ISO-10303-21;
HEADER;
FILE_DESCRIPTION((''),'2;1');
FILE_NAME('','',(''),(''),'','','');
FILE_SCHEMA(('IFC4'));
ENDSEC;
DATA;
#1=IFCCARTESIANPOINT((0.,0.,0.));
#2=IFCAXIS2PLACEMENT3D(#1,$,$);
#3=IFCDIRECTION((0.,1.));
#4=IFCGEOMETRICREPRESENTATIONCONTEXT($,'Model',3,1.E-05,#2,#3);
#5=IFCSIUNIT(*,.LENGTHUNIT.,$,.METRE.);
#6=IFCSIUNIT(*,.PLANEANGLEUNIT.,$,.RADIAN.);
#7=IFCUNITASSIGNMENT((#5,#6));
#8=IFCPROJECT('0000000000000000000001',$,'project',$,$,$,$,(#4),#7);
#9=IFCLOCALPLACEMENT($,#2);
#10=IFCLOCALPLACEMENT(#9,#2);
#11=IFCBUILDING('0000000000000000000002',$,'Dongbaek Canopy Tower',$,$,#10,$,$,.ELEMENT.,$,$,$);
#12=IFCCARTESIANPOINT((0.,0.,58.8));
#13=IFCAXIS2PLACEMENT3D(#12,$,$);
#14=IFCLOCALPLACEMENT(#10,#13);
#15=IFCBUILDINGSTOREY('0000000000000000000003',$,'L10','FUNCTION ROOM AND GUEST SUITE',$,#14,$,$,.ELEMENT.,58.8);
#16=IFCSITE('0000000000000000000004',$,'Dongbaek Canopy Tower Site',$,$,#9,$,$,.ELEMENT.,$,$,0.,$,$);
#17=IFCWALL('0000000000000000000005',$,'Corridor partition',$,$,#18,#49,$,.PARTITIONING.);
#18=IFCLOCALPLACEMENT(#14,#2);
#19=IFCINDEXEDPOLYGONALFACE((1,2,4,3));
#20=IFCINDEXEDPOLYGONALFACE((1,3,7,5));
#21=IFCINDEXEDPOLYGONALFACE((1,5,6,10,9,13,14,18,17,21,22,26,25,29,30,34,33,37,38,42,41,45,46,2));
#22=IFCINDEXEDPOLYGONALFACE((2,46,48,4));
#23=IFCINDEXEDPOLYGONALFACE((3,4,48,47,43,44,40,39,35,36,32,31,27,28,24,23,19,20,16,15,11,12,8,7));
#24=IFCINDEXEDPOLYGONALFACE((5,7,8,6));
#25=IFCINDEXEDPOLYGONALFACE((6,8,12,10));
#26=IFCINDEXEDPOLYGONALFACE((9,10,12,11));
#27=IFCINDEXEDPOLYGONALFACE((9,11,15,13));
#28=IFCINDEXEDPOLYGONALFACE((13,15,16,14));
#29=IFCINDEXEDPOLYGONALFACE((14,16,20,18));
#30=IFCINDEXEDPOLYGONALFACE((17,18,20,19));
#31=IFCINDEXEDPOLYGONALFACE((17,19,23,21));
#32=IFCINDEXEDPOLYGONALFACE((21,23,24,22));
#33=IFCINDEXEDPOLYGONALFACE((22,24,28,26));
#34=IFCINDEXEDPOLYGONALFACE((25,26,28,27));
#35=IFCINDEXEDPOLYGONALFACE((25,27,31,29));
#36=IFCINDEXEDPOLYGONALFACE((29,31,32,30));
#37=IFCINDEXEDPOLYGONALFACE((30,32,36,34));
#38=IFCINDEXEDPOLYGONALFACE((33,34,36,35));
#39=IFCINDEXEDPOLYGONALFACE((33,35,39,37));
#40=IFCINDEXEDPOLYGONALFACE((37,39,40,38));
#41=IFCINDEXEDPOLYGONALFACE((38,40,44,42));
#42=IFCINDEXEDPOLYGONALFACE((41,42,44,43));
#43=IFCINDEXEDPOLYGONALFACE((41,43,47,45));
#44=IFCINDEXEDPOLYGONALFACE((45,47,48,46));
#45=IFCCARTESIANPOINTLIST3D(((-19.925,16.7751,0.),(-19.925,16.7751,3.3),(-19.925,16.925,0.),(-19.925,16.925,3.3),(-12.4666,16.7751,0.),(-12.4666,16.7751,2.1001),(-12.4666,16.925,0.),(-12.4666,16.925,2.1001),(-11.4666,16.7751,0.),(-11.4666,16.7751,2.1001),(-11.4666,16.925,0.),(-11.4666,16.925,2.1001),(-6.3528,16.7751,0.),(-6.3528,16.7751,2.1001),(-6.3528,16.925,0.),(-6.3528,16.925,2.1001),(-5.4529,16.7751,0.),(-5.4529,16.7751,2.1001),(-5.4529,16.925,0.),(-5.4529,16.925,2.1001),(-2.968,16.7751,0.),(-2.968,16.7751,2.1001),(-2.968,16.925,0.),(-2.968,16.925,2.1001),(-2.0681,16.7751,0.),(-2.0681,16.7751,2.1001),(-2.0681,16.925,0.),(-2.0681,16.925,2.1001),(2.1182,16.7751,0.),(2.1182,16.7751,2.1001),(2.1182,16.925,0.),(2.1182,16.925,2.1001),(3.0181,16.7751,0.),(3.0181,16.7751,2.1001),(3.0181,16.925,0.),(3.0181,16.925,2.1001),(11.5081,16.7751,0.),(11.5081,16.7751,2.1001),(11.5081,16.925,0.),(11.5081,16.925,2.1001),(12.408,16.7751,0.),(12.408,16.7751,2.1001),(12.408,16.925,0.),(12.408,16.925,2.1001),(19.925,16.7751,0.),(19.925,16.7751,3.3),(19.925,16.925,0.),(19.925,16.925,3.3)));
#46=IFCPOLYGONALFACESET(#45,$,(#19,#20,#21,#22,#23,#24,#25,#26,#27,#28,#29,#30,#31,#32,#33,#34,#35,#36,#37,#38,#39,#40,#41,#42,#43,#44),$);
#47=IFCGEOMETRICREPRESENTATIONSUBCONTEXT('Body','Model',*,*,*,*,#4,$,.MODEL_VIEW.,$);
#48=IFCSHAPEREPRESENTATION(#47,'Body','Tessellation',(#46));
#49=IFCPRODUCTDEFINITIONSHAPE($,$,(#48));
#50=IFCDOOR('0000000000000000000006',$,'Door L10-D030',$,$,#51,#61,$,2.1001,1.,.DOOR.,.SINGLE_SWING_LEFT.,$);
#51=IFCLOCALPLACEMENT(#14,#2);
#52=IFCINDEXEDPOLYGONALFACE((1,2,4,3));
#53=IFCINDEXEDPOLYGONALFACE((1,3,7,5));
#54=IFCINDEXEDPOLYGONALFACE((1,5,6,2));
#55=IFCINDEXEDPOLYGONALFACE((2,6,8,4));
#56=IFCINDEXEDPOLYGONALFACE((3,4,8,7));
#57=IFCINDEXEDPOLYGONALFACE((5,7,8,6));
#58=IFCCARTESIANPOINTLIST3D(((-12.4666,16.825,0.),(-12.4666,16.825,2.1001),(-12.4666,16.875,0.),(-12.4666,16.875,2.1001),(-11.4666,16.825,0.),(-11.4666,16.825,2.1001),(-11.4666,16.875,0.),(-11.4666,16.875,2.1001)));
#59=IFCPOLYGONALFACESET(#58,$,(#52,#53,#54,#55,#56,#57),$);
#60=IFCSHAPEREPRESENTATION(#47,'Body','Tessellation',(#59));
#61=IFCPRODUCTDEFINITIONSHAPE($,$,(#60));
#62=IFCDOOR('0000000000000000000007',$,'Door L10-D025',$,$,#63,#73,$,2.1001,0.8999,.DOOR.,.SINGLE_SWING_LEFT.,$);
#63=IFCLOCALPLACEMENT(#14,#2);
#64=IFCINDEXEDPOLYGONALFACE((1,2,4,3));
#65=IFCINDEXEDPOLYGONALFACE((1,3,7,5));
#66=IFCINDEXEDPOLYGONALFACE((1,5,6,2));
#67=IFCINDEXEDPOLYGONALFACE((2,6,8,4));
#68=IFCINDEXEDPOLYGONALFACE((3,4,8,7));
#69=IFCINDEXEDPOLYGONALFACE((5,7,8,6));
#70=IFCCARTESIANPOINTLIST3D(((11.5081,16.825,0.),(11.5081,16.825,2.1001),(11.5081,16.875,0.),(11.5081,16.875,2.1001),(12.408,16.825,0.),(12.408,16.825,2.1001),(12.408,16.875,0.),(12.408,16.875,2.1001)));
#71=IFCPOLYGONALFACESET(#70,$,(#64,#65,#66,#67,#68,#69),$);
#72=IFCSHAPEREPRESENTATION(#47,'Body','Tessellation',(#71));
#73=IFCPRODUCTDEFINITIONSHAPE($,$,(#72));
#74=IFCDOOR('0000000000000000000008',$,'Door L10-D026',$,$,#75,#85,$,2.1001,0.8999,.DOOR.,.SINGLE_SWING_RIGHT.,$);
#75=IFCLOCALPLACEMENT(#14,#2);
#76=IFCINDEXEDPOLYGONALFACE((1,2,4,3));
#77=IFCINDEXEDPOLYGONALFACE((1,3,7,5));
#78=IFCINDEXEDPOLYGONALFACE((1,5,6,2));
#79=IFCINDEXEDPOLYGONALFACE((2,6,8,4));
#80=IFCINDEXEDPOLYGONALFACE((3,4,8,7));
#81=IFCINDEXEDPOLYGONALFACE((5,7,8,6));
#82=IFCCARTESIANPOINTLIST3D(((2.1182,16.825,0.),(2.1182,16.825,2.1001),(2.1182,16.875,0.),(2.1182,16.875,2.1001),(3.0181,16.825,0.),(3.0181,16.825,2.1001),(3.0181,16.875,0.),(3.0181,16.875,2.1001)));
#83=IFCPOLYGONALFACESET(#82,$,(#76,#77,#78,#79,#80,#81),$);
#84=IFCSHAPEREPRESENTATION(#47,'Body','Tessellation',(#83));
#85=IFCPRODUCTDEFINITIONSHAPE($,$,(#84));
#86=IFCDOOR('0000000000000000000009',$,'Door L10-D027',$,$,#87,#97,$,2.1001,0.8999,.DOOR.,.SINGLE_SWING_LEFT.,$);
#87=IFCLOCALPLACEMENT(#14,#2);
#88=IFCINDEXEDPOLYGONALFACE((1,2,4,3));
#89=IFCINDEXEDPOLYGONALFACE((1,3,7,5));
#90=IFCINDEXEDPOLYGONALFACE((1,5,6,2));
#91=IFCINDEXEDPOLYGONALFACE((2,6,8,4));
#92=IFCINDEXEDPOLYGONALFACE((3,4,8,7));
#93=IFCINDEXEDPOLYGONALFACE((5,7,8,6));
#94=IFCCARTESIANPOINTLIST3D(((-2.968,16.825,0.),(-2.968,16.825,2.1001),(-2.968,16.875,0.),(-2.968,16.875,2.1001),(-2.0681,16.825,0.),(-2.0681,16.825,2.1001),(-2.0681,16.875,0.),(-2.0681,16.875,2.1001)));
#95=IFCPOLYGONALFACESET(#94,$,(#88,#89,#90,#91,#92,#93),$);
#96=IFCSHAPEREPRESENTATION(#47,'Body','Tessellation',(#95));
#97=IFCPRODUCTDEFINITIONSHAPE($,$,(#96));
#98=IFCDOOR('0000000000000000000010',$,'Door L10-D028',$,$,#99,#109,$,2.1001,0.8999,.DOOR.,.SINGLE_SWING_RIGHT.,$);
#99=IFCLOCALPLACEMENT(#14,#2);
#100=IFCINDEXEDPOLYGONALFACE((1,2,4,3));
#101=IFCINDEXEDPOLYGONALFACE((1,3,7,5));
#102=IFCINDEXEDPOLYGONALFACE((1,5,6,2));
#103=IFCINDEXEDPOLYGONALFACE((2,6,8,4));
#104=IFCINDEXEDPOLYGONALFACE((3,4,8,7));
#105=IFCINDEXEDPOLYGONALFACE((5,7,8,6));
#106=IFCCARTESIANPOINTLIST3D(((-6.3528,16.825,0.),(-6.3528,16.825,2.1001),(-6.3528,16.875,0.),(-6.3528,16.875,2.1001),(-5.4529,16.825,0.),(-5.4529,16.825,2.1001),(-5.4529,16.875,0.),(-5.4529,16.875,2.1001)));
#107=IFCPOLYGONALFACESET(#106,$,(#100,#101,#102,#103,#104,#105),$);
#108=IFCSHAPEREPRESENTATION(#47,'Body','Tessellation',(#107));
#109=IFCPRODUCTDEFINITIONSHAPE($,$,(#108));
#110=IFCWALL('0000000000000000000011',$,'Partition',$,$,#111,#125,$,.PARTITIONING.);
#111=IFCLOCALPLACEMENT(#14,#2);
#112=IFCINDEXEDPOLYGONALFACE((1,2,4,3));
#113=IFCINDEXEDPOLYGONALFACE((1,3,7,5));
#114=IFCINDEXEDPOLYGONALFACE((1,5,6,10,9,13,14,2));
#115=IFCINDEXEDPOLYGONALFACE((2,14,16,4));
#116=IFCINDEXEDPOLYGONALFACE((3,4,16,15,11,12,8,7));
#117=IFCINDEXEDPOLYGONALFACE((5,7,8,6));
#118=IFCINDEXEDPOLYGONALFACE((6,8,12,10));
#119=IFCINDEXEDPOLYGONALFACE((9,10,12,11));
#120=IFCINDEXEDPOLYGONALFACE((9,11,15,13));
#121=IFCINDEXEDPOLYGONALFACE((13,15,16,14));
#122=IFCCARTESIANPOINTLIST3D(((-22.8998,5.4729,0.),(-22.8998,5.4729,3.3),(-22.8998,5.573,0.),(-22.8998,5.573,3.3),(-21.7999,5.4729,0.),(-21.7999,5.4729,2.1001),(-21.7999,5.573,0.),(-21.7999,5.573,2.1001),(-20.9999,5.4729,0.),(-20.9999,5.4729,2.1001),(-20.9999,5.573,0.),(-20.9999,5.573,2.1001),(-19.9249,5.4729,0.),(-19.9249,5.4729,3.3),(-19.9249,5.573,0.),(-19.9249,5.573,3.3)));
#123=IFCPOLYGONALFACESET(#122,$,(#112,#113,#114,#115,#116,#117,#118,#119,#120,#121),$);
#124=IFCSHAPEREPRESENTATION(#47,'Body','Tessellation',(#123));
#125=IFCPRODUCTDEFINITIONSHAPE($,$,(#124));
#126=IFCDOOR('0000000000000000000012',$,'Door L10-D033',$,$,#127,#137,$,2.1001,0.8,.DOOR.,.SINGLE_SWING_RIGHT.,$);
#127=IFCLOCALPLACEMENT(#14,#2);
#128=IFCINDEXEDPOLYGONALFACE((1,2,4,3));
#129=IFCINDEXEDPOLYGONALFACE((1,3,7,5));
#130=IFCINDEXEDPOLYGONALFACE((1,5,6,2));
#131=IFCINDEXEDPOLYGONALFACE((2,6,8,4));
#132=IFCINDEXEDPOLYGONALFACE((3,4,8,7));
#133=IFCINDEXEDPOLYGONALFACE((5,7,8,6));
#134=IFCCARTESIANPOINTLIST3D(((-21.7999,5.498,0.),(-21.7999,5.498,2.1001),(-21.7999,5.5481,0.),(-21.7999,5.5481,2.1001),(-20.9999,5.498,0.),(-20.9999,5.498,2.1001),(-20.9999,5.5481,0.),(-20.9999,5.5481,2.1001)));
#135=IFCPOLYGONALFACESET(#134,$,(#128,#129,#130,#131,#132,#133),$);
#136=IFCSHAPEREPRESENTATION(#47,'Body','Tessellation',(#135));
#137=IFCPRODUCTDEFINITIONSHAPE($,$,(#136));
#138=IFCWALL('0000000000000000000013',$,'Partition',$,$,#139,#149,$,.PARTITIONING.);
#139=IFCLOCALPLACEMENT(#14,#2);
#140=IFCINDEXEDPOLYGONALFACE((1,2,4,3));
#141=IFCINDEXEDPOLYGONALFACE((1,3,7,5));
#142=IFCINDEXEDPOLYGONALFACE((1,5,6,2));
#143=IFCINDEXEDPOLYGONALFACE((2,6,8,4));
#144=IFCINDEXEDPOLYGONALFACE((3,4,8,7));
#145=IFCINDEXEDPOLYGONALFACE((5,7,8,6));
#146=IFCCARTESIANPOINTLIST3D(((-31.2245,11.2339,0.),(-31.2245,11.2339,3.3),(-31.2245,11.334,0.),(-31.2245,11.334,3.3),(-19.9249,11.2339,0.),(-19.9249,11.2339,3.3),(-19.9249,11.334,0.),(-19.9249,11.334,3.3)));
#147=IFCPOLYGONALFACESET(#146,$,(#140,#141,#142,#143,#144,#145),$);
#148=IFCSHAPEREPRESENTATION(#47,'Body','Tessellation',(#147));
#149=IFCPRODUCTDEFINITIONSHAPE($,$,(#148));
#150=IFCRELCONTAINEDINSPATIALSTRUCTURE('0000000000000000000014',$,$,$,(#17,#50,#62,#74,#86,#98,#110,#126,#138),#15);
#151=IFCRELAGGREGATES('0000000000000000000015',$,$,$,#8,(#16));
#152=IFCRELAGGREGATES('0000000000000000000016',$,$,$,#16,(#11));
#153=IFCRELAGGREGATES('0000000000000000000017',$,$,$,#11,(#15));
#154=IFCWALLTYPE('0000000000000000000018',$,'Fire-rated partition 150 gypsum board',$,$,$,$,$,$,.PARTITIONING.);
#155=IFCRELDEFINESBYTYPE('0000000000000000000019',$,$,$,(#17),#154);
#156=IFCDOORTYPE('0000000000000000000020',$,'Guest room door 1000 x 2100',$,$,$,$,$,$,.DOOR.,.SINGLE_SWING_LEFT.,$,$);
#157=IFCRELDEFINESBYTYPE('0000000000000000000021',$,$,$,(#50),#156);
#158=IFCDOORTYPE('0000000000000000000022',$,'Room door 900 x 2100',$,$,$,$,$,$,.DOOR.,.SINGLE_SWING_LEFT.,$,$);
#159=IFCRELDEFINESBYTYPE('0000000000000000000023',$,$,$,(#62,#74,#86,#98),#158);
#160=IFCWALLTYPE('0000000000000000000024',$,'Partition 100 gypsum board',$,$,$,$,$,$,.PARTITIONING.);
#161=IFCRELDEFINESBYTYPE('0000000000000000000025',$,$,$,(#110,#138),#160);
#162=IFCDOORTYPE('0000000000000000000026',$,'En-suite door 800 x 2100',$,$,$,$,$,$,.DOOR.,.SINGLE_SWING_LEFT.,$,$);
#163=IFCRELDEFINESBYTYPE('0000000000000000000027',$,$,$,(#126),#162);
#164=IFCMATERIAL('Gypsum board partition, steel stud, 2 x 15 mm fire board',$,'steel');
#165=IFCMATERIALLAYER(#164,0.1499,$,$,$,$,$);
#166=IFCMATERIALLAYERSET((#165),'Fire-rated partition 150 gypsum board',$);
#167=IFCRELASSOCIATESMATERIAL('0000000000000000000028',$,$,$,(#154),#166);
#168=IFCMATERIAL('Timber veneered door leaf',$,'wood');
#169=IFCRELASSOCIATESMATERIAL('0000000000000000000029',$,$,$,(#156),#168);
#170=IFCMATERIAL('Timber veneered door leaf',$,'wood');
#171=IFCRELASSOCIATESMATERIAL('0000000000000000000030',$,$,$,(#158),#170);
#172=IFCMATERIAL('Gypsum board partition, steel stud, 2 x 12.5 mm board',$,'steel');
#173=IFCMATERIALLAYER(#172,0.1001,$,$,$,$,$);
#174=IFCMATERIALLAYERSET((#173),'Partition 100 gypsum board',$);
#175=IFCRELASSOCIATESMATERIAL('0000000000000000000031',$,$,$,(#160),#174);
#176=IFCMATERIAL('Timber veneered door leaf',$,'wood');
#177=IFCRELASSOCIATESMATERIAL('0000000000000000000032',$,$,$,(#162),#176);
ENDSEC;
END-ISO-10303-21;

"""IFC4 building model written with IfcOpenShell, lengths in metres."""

from ifc_helpers import new_model, si_unit, direction, frame, frame_2d, origin, place, context, subcontext, project, spatial, rectangle, extrude, material, layer, layer_set, type_object, element, fill, save


model = new_model("IFC4")

# Units and contexts
model_context = context("Model", 3, precision=1e-05, world=origin(), true_north=direction((0.0, 1.0)))
body_context = subcontext(model_context, "Body", "Model", "MODEL_VIEW")
ifc_project = project(units=[si_unit("LENGTHUNIT", "METRE"), si_unit("PLANEANGLEUNIT", "RADIAN")], contexts=[model_context])

# Site, building, storey
site_placement = place(None, origin())
site = spatial("IfcSite", under=ifc_project, at=site_placement, Name="Dongbaek Canopy Tower Site", CompositionType="ELEMENT", RefElevation=0.0)
building_placement = place(site_placement, origin())
building = spatial("IfcBuilding", under=site, at=building_placement, Name="Dongbaek Canopy Tower", CompositionType="ELEMENT")
storey_placement = place(building_placement, frame((0.0, 0.0, 58.8)))
storey = spatial("IfcBuildingStorey", under=building, at=storey_placement, Name="L10", Description="FUNCTION ROOM AND GUEST SUITE", CompositionType="ELEMENT", Elevation=58.8)

# Wall, openings, doors
ifc_material_1 = material(Name="Gypsum board partition, steel stud, 2 x 15 mm fire board", Category="steel")
ifc_layer_1 = layer(ifc_material_1, 0.1499)
ifc_layer_set_1 = layer_set([ifc_layer_1], Name="Fire-rated partition 150 gypsum board")
wall_type_1 = type_object("IfcWallType", Name="Fire-rated partition 150 gypsum board", PredefinedType="PARTITIONING", material=ifc_layer_set_1)
wall_1_placement = place(storey_placement, frame((-19.925, 16.8501, 0.0), z_axis=(0.0, 0.0, 1.0), x_axis=(1.0, 0.0, 0.0)))
wall_1 = element("IfcWall", 1, at=wall_1_placement, inside=storey, type_object=wall_type_1, Name="Corridor partition", PredefinedType="PARTITIONING", context=body_context, shape_type="SweptSolid", body=[
    extrude(rectangle(XDim=39.8501, YDim=0.1499, at=frame_2d((19.925, 0.0))), origin(), (0.0, 0.0, 1.0), 3.3),
])
opening_1_placement = place(wall_1_placement, frame((31.4331, 0.0, 0.0)))
opening_1 = element("IfcOpeningElement", 2, at=opening_1_placement, cuts=wall_1, PredefinedType="OPENING", context=body_context, shape_type="SweptSolid", body=[
    extrude(rectangle(XDim=0.8999, YDim=2.1001, at=frame_2d((0.45, 1.05))), frame((0.0, 0.085, 0.0), z_axis=(0.0, -1.0, 0.0), x_axis=(1.0, 0.0, 0.0)), (0.0, 0.0, 1.0), 0.1699),
])
opening_2_placement = place(wall_1_placement, frame((22.0432, 0.0, 0.0)))
opening_2 = element("IfcOpeningElement", 3, at=opening_2_placement, cuts=wall_1, PredefinedType="OPENING", context=body_context, shape_type="SweptSolid", body=[
    extrude(rectangle(XDim=0.8999, YDim=2.1001, at=frame_2d((0.45, 1.05))), frame((0.0, 0.085, 0.0), z_axis=(0.0, -1.0, 0.0), x_axis=(1.0, 0.0, 0.0)), (0.0, 0.0, 1.0), 0.1699),
])
opening_3_placement = place(wall_1_placement, frame((16.957, 0.0, 0.0)))
opening_3 = element("IfcOpeningElement", 4, at=opening_3_placement, cuts=wall_1, PredefinedType="OPENING", context=body_context, shape_type="SweptSolid", body=[
    extrude(rectangle(XDim=0.8999, YDim=2.1001, at=frame_2d((0.45, 1.05))), frame((0.0, 0.085, 0.0), z_axis=(0.0, -1.0, 0.0), x_axis=(1.0, 0.0, 0.0)), (0.0, 0.0, 1.0), 0.1699),
])
opening_4_placement = place(wall_1_placement, frame((13.5723, 0.0, 0.0)))
opening_4 = element("IfcOpeningElement", 5, at=opening_4_placement, cuts=wall_1, PredefinedType="OPENING", context=body_context, shape_type="SweptSolid", body=[
    extrude(rectangle(XDim=0.8999, YDim=2.1001, at=frame_2d((0.45, 1.05))), frame((0.0, 0.085, 0.0), z_axis=(0.0, -1.0, 0.0), x_axis=(1.0, 0.0, 0.0)), (0.0, 0.0, 1.0), 0.1699),
])
opening_5_placement = place(wall_1_placement, frame((7.4585, 0.0, 0.0)))
opening_5 = element("IfcOpeningElement", 6, at=opening_5_placement, cuts=wall_1, PredefinedType="OPENING", context=body_context, shape_type="SweptSolid", body=[
    extrude(rectangle(XDim=1.0, YDim=2.1001, at=frame_2d((0.5, 1.05))), frame((0.0, 0.085, 0.0), z_axis=(0.0, -1.0, 0.0), x_axis=(1.0, 0.0, 0.0)), (0.0, 0.0, 1.0), 0.1699),
])
ifc_material_2 = material(Name="Timber veneered door leaf", Category="wood")
door_type_1 = type_object("IfcDoorType", Name="Guest room door 1000 x 2100", OperationType="SINGLE_SWING_LEFT", PredefinedType="DOOR", material=ifc_material_2)
door_1_placement = place(opening_5_placement, origin())
door_1 = element("IfcDoor", 7, at=door_1_placement, inside=storey, type_object=door_type_1, Name="Door L10-D030", OperationType="SINGLE_SWING_LEFT", OverallHeight=2.1001, OverallWidth=1.0, PredefinedType="DOOR", context=body_context, shape_type="SweptSolid", body=[
    extrude(rectangle(XDim=1.0, YDim=2.1001, at=frame_2d((0.5, 1.05))), frame((0.0, 0.0249, 0.0), z_axis=(0.0, -1.0, 0.0), x_axis=(1.0, 0.0, 0.0)), (0.0, 0.0, 1.0), 0.05),
])
fill(opening_5, door_1)
ifc_material_3 = material(Name="Timber veneered door leaf", Category="wood")
door_type_2 = type_object("IfcDoorType", Name="Room door 900 x 2100", OperationType="SINGLE_SWING_LEFT", PredefinedType="DOOR", material=ifc_material_3)
door_2_placement = place(opening_1_placement, origin())
door_2 = element("IfcDoor", 8, at=door_2_placement, inside=storey, type_object=door_type_2, Name="Door L10-D025", OperationType="SINGLE_SWING_LEFT", OverallHeight=2.1001, OverallWidth=0.8999, PredefinedType="DOOR", context=body_context, shape_type="SweptSolid", body=[
    extrude(rectangle(XDim=0.8999, YDim=2.1001, at=frame_2d((0.45, 1.05))), frame((0.0, 0.0249, 0.0), z_axis=(0.0, -1.0, 0.0), x_axis=(1.0, 0.0, 0.0)), (0.0, 0.0, 1.0), 0.05),
])
fill(opening_1, door_2)
door_3_placement = place(opening_2_placement, origin())
door_3 = element("IfcDoor", 9, at=door_3_placement, inside=storey, type_object=door_type_2, Name="Door L10-D026", OperationType="SINGLE_SWING_RIGHT", OverallHeight=2.1001, OverallWidth=0.8999, PredefinedType="DOOR", context=body_context, shape_type="SweptSolid", body=[
    extrude(rectangle(XDim=0.8999, YDim=2.1001, at=frame_2d((0.45, 1.05))), frame((0.0, 0.0249, 0.0), z_axis=(0.0, -1.0, 0.0), x_axis=(1.0, 0.0, 0.0)), (0.0, 0.0, 1.0), 0.05),
])
fill(opening_2, door_3)
door_4_placement = place(opening_3_placement, origin())
door_4 = element("IfcDoor", 10, at=door_4_placement, inside=storey, type_object=door_type_2, Name="Door L10-D027", OperationType="SINGLE_SWING_LEFT", OverallHeight=2.1001, OverallWidth=0.8999, PredefinedType="DOOR", context=body_context, shape_type="SweptSolid", body=[
    extrude(rectangle(XDim=0.8999, YDim=2.1001, at=frame_2d((0.45, 1.05))), frame((0.0, 0.0249, 0.0), z_axis=(0.0, -1.0, 0.0), x_axis=(1.0, 0.0, 0.0)), (0.0, 0.0, 1.0), 0.05),
])
fill(opening_3, door_4)
door_5_placement = place(opening_4_placement, origin())
door_5 = element("IfcDoor", 11, at=door_5_placement, inside=storey, type_object=door_type_2, Name="Door L10-D028", OperationType="SINGLE_SWING_RIGHT", OverallHeight=2.1001, OverallWidth=0.8999, PredefinedType="DOOR", context=body_context, shape_type="SweptSolid", body=[
    extrude(rectangle(XDim=0.8999, YDim=2.1001, at=frame_2d((0.45, 1.05))), frame((0.0, 0.0249, 0.0), z_axis=(0.0, -1.0, 0.0), x_axis=(1.0, 0.0, 0.0)), (0.0, 0.0, 1.0), 0.05),
])
fill(opening_4, door_5)

# Wall, opening, door
ifc_material_4 = material(Name="Gypsum board partition, steel stud, 2 x 12.5 mm board", Category="steel")
ifc_layer_2 = layer(ifc_material_4, 0.1001)
ifc_layer_set_2 = layer_set([ifc_layer_2], Name="Partition 100 gypsum board")
wall_type_2 = type_object("IfcWallType", Name="Partition 100 gypsum board", PredefinedType="PARTITIONING", material=ifc_layer_set_2)
wall_2_placement = place(storey_placement, frame((-19.925, 5.5229, 0.0), z_axis=(0.0, 0.0, 1.0), x_axis=(-1.0, 0.0, 0.0)))
wall_2 = element("IfcWall", 12, at=wall_2_placement, inside=storey, type_object=wall_type_2, Name="Partition", PredefinedType="PARTITIONING", context=body_context, shape_type="SweptSolid", body=[
    extrude(rectangle(XDim=2.9749, YDim=0.1001, at=frame_2d((1.4873, 0.0))), origin(), (0.0, 0.0, 1.0), 3.3),
])
opening_6_placement = place(wall_2_placement, frame((1.075, 0.0, 0.0)))
opening_6 = element("IfcOpeningElement", 13, at=opening_6_placement, cuts=wall_2, PredefinedType="OPENING", context=body_context, shape_type="SweptSolid", body=[
    extrude(rectangle(XDim=0.8, YDim=2.1001, at=frame_2d((0.3999, 1.05))), frame((0.0, 0.0601, 0.0), z_axis=(0.0, -1.0, 0.0), x_axis=(1.0, 0.0, 0.0)), (0.0, 0.0, 1.0), 0.1201),
])
ifc_material_5 = material(Name="Timber veneered door leaf", Category="wood")
door_type_3 = type_object("IfcDoorType", Name="En-suite door 800 x 2100", OperationType="SINGLE_SWING_LEFT", PredefinedType="DOOR", material=ifc_material_5)
door_6_placement = place(opening_6_placement, origin())
door_6 = element("IfcDoor", 14, at=door_6_placement, inside=storey, type_object=door_type_3, Name="Door L10-D033", OperationType="SINGLE_SWING_RIGHT", OverallHeight=2.1001, OverallWidth=0.8, PredefinedType="DOOR", context=body_context, shape_type="SweptSolid", body=[
    extrude(rectangle(XDim=0.8, YDim=2.1001, at=frame_2d((0.3999, 1.05))), frame((0.0, 0.0249, 0.0), z_axis=(0.0, -1.0, 0.0), x_axis=(1.0, 0.0, 0.0)), (0.0, 0.0, 1.0), 0.05),
])
fill(opening_6, door_6)

# Wall
wall_3_placement = place(storey_placement, frame((-31.2246, 11.2839, 0.0), z_axis=(0.0, 0.0, 1.0), x_axis=(1.0, 0.0, 0.0)))
element("IfcWall", 15, at=wall_3_placement, inside=storey, type_object=wall_type_2, Name="Partition", PredefinedType="PARTITIONING", context=body_context, shape_type="SweptSolid", body=[
    extrude(rectangle(XDim=11.2996, YDim=0.1001, at=frame_2d((5.6499, 0.0))), origin(), (0.0, 0.0, 1.0), 3.3),
])

save(model, "model.ifc")
